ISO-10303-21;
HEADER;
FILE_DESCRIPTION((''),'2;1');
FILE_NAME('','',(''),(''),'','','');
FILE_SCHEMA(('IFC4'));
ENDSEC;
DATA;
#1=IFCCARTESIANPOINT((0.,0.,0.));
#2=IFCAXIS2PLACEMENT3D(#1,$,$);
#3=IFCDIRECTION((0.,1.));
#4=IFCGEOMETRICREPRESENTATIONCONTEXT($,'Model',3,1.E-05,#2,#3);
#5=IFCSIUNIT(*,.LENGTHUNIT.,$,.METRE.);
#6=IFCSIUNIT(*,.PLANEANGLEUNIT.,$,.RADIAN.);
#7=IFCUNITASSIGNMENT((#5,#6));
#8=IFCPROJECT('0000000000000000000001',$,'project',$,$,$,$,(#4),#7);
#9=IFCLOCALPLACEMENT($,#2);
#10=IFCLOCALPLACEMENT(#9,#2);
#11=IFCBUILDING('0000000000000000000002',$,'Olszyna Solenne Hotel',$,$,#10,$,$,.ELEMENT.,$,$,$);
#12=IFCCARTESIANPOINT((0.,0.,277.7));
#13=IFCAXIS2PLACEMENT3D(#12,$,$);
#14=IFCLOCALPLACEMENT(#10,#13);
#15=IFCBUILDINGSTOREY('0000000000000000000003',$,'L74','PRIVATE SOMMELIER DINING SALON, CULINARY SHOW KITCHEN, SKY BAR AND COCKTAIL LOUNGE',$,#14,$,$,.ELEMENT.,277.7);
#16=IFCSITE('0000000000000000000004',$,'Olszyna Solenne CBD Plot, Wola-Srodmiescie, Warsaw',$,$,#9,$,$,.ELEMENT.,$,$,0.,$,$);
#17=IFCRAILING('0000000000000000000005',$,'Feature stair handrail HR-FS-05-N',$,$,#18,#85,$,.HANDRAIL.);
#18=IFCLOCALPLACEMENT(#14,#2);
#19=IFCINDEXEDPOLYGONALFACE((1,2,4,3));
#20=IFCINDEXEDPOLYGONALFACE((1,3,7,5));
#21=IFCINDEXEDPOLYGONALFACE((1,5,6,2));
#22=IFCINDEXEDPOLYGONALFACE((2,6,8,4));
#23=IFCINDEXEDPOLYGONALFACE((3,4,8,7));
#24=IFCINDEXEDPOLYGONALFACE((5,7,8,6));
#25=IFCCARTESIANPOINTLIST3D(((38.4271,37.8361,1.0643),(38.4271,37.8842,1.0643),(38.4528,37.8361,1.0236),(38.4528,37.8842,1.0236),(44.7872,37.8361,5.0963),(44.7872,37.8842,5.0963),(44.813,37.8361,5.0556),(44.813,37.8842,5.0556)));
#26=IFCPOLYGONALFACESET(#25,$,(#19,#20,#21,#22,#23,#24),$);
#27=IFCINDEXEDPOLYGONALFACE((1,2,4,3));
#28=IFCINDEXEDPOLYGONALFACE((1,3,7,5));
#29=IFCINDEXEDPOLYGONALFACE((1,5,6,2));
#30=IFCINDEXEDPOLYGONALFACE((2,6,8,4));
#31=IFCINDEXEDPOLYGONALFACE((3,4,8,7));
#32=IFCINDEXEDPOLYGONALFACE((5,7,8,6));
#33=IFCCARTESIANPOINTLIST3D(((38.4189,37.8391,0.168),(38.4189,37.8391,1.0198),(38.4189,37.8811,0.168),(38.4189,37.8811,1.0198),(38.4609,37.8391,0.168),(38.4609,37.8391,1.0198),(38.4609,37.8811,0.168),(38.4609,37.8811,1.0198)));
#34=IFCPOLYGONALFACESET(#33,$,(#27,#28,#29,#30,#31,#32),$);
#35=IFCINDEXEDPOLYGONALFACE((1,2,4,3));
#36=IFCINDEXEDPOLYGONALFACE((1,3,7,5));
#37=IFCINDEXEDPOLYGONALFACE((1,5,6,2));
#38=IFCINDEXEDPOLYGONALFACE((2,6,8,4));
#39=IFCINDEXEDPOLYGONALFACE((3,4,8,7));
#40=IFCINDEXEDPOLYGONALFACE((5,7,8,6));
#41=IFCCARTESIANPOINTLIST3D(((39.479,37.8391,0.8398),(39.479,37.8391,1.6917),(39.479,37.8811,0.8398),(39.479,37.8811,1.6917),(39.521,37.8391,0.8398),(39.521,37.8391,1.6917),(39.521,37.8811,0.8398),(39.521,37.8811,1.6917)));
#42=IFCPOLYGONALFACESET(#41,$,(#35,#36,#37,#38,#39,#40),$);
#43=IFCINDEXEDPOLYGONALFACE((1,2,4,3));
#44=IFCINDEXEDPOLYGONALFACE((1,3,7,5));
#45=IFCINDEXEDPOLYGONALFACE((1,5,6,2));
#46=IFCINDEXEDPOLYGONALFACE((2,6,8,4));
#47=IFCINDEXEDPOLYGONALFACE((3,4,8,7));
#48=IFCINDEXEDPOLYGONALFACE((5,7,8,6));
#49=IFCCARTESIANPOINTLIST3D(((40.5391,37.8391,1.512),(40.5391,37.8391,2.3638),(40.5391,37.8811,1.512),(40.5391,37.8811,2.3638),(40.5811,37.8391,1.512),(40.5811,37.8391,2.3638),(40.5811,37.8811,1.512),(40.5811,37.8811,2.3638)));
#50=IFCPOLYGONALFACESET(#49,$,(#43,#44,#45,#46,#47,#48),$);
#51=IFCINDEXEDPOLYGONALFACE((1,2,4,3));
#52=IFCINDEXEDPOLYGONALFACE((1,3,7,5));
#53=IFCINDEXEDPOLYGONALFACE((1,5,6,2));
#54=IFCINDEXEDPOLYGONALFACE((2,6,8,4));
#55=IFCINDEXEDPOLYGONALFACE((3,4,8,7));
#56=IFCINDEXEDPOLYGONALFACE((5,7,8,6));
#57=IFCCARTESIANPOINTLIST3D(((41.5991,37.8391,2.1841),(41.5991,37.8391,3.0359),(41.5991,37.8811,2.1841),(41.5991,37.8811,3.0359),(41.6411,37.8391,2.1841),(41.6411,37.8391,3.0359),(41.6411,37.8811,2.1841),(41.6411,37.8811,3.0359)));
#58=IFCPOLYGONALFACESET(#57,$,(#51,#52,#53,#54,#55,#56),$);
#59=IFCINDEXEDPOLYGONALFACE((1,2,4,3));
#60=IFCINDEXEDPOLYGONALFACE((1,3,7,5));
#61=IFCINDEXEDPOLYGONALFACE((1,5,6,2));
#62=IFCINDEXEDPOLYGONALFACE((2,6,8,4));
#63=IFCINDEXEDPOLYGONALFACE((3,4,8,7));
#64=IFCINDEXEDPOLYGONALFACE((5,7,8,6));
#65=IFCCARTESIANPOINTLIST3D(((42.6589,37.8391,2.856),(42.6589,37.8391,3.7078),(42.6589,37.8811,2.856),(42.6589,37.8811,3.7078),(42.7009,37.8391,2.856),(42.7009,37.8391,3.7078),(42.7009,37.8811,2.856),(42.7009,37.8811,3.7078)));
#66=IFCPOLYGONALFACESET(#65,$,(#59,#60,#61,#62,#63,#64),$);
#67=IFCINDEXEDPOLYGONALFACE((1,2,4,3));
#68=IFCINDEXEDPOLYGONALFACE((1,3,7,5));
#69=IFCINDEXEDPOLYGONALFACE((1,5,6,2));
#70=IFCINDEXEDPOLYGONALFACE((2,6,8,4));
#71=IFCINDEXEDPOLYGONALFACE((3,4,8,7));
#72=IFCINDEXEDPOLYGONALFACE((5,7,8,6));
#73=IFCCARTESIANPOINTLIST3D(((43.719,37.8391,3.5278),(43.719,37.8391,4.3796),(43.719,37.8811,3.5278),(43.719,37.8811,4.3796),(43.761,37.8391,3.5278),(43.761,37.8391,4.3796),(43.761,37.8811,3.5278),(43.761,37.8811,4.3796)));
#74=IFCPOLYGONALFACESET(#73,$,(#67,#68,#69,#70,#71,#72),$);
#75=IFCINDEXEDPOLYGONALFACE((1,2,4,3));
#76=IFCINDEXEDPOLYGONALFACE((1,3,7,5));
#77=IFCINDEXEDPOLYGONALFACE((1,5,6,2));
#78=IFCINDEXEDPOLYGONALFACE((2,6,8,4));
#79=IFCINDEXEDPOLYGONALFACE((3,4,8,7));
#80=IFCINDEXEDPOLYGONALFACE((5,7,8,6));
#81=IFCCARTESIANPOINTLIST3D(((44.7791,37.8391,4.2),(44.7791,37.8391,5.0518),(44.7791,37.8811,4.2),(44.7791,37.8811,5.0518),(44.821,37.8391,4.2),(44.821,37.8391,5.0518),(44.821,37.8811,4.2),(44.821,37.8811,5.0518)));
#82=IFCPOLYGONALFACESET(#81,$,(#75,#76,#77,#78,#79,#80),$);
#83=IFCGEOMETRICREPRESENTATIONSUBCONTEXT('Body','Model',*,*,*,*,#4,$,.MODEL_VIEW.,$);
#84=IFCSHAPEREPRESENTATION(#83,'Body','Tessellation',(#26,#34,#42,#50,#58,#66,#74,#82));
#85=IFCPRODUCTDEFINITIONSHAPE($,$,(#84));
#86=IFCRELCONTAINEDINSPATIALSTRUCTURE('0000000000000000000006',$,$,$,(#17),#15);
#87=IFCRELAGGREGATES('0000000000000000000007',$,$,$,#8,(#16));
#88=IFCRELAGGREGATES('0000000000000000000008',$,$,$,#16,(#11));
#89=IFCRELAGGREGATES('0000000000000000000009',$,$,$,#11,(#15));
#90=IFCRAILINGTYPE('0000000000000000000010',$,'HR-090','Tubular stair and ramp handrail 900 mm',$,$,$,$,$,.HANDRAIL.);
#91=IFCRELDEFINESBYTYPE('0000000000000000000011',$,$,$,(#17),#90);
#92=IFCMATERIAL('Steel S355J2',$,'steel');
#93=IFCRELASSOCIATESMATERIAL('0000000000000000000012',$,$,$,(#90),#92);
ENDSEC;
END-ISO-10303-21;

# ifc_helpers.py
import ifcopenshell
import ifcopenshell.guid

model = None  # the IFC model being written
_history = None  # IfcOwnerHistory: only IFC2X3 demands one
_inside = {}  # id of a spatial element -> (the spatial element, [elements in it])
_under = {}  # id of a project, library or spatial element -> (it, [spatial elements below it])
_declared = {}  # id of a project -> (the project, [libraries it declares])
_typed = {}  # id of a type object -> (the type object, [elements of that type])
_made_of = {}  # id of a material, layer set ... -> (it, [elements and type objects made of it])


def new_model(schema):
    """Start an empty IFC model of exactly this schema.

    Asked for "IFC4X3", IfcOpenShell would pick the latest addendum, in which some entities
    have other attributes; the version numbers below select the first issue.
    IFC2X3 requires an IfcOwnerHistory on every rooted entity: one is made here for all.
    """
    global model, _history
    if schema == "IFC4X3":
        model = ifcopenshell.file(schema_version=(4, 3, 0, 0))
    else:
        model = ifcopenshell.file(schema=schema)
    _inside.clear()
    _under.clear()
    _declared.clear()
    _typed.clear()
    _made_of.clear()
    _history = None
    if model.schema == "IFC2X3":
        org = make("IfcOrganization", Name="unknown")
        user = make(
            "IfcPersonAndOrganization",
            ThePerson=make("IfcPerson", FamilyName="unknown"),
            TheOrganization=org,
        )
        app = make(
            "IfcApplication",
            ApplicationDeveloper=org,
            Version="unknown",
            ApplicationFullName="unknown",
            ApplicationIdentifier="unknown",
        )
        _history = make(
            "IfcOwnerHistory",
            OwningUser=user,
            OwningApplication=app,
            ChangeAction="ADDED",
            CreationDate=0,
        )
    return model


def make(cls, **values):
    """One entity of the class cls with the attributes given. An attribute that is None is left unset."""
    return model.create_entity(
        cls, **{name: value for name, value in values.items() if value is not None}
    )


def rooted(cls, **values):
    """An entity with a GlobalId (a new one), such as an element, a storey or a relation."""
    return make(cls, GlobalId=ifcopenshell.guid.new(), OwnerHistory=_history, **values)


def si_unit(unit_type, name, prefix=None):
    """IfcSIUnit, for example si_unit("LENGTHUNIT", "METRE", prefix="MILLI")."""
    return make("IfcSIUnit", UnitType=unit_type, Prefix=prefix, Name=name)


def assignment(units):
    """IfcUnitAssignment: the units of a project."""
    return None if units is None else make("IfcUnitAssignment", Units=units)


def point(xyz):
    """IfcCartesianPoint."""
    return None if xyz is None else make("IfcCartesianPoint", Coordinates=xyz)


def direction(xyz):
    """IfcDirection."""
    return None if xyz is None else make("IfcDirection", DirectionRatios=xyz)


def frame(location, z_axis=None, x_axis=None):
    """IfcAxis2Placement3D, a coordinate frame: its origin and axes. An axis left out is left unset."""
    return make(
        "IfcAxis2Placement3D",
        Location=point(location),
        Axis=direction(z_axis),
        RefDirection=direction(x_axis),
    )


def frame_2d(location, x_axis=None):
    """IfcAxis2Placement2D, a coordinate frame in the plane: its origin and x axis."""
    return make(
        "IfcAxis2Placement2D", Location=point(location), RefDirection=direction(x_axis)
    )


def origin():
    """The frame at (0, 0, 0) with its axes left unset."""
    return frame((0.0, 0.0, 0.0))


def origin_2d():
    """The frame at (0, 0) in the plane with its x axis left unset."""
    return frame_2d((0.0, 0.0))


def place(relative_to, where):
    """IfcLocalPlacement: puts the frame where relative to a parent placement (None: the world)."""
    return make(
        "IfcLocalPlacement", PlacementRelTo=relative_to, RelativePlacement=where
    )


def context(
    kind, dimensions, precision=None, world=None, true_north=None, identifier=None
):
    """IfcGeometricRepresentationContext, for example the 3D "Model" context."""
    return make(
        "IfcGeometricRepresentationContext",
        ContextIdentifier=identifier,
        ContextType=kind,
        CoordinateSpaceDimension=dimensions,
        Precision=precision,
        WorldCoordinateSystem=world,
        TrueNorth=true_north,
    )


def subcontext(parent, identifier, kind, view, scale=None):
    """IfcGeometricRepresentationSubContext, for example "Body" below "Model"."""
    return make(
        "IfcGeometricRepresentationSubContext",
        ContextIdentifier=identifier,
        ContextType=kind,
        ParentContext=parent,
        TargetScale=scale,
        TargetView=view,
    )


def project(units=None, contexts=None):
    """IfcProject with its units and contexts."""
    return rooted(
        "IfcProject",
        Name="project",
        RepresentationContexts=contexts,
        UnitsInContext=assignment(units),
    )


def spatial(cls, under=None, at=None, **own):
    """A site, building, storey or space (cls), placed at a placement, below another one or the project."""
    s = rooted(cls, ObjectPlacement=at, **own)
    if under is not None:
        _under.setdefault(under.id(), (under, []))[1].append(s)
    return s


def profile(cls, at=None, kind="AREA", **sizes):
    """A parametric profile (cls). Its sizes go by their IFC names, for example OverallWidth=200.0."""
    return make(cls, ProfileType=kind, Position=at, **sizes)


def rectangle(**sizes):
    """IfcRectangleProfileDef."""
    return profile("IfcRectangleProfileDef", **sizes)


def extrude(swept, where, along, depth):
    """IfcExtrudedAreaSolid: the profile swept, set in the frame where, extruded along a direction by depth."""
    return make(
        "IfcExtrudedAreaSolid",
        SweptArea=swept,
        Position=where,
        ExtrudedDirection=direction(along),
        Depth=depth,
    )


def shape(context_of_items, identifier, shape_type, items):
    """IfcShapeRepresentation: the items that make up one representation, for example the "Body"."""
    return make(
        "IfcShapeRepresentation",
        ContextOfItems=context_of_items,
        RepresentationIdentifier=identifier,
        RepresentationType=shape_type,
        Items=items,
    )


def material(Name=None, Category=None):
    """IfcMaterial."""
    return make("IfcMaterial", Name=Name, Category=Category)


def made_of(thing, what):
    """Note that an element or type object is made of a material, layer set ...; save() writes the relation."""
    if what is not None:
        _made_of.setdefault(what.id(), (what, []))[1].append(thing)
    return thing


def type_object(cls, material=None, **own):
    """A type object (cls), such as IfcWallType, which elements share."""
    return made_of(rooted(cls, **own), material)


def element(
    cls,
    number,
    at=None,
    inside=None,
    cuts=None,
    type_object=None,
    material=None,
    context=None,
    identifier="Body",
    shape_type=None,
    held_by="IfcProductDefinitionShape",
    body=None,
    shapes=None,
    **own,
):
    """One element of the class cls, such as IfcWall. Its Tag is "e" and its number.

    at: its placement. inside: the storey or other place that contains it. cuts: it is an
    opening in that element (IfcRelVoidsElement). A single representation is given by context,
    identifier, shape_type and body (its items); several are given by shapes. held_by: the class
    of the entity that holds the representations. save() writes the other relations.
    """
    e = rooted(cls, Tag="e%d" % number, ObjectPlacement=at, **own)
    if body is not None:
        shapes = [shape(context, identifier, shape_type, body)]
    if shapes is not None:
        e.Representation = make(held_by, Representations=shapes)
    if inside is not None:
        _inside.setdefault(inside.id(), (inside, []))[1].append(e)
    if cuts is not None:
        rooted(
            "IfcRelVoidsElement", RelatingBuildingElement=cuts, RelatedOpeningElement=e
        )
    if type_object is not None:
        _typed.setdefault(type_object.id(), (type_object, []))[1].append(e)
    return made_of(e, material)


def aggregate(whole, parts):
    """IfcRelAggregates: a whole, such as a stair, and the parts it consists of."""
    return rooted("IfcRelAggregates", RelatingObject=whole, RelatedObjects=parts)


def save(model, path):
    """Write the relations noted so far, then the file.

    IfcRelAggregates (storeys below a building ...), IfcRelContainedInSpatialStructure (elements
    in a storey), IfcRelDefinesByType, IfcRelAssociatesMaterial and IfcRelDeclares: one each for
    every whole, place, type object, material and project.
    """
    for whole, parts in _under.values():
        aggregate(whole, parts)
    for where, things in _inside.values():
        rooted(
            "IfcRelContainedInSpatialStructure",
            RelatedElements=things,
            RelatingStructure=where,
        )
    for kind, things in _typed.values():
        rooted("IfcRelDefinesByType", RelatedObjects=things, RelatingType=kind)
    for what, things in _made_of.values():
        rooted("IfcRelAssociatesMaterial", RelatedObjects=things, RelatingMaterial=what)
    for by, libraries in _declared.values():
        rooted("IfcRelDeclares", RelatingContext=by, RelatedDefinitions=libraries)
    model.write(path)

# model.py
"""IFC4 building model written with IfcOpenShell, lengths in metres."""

from ifc_helpers import new_model, si_unit, direction, frame, origin, origin_2d, place, context, subcontext, project, spatial, rectangle, extrude, material, type_object, element, save


model = new_model("IFC4")

# Units and contexts
model_context = context("Model", 3, precision=1e-05, world=origin(), true_north=direction((0.0, 1.0)))
body_context = subcontext(model_context, "Body", "Model", "MODEL_VIEW")
ifc_project = project(units=[si_unit("LENGTHUNIT", "METRE"), si_unit("PLANEANGLEUNIT", "RADIAN")], contexts=[model_context])

# Site, building, storey
site_placement = place(None, origin())
site = spatial("IfcSite", under=ifc_project, at=site_placement, Name="Olszyna Solenne CBD Plot, Wola-Srodmiescie, Warsaw", CompositionType="ELEMENT", RefElevation=0.0)
building_placement = place(site_placement, origin())
building = spatial("IfcBuilding", under=site, at=building_placement, Name="Olszyna Solenne Hotel", CompositionType="ELEMENT")
storey_placement = place(building_placement, frame((0.0, 0.0, 277.7)))
storey = spatial("IfcBuildingStorey", under=building, at=storey_placement, Name="L74", Description="PRIVATE SOMMELIER DINING SALON, CULINARY SHOW KITCHEN, SKY BAR AND COCKTAIL LOUNGE", CompositionType="ELEMENT", Elevation=277.7)

# Shared definitions
ifc_material_1 = material(Name="Steel S355J2", Category="steel")

# Railing
railing_type_1 = type_object("IfcRailingType", Name="HR-090", Description="Tubular stair and ramp handrail 900 mm", PredefinedType="HANDRAIL", material=ifc_material_1)
railing_1_placement = place(storey_placement, frame((38.4399, 37.8601, 0.168)))
element("IfcRailing", 1, at=railing_1_placement, inside=storey, type_object=railing_type_1, Name="Feature stair handrail HR-FS-05-N", PredefinedType="HANDRAIL", context=body_context, shape_type="SweptSolid", body=[
    extrude(rectangle(XDim=0.0481, YDim=0.0481, at=origin_2d()), frame((0.0, 0.0, 0.876), z_axis=(0.844584, 0.0, 0.535423), x_axis=(0.0, 1.0, 0.0)), (0.0, 0.0, 1.0), 7.5305),
    extrude(rectangle(XDim=0.042, YDim=0.042, at=origin_2d()), origin(), (0.0, 0.0, 1.0), 0.8518),
    extrude(rectangle(XDim=0.042, YDim=0.042, at=origin_2d()), frame((1.0601, 0.0, 0.6719)), (0.0, 0.0, 1.0), 0.8518),
    extrude(rectangle(XDim=0.042, YDim=0.042, at=origin_2d()), frame((2.1201, 0.0, 1.344)), (0.0, 0.0, 1.0), 0.8518),
    extrude(rectangle(XDim=0.042, YDim=0.042, at=origin_2d()), frame((3.1802, 0.0, 2.0161)), (0.0, 0.0, 1.0), 0.8518),
    extrude(rectangle(XDim=0.042, YDim=0.042, at=origin_2d()), frame((4.24, 0.0, 2.688)), (0.0, 0.0, 1.0), 0.8518),
    extrude(rectangle(XDim=0.042, YDim=0.042, at=origin_2d()), frame((5.3, 0.0, 3.3599)), (0.0, 0.0, 1.0), 0.8518),
    extrude(rectangle(XDim=0.042, YDim=0.042, at=origin_2d()), frame((6.3601, 0.0, 4.032)), (0.0, 0.0, 1.0), 0.8518),
])

save(model, "model.ifc")
